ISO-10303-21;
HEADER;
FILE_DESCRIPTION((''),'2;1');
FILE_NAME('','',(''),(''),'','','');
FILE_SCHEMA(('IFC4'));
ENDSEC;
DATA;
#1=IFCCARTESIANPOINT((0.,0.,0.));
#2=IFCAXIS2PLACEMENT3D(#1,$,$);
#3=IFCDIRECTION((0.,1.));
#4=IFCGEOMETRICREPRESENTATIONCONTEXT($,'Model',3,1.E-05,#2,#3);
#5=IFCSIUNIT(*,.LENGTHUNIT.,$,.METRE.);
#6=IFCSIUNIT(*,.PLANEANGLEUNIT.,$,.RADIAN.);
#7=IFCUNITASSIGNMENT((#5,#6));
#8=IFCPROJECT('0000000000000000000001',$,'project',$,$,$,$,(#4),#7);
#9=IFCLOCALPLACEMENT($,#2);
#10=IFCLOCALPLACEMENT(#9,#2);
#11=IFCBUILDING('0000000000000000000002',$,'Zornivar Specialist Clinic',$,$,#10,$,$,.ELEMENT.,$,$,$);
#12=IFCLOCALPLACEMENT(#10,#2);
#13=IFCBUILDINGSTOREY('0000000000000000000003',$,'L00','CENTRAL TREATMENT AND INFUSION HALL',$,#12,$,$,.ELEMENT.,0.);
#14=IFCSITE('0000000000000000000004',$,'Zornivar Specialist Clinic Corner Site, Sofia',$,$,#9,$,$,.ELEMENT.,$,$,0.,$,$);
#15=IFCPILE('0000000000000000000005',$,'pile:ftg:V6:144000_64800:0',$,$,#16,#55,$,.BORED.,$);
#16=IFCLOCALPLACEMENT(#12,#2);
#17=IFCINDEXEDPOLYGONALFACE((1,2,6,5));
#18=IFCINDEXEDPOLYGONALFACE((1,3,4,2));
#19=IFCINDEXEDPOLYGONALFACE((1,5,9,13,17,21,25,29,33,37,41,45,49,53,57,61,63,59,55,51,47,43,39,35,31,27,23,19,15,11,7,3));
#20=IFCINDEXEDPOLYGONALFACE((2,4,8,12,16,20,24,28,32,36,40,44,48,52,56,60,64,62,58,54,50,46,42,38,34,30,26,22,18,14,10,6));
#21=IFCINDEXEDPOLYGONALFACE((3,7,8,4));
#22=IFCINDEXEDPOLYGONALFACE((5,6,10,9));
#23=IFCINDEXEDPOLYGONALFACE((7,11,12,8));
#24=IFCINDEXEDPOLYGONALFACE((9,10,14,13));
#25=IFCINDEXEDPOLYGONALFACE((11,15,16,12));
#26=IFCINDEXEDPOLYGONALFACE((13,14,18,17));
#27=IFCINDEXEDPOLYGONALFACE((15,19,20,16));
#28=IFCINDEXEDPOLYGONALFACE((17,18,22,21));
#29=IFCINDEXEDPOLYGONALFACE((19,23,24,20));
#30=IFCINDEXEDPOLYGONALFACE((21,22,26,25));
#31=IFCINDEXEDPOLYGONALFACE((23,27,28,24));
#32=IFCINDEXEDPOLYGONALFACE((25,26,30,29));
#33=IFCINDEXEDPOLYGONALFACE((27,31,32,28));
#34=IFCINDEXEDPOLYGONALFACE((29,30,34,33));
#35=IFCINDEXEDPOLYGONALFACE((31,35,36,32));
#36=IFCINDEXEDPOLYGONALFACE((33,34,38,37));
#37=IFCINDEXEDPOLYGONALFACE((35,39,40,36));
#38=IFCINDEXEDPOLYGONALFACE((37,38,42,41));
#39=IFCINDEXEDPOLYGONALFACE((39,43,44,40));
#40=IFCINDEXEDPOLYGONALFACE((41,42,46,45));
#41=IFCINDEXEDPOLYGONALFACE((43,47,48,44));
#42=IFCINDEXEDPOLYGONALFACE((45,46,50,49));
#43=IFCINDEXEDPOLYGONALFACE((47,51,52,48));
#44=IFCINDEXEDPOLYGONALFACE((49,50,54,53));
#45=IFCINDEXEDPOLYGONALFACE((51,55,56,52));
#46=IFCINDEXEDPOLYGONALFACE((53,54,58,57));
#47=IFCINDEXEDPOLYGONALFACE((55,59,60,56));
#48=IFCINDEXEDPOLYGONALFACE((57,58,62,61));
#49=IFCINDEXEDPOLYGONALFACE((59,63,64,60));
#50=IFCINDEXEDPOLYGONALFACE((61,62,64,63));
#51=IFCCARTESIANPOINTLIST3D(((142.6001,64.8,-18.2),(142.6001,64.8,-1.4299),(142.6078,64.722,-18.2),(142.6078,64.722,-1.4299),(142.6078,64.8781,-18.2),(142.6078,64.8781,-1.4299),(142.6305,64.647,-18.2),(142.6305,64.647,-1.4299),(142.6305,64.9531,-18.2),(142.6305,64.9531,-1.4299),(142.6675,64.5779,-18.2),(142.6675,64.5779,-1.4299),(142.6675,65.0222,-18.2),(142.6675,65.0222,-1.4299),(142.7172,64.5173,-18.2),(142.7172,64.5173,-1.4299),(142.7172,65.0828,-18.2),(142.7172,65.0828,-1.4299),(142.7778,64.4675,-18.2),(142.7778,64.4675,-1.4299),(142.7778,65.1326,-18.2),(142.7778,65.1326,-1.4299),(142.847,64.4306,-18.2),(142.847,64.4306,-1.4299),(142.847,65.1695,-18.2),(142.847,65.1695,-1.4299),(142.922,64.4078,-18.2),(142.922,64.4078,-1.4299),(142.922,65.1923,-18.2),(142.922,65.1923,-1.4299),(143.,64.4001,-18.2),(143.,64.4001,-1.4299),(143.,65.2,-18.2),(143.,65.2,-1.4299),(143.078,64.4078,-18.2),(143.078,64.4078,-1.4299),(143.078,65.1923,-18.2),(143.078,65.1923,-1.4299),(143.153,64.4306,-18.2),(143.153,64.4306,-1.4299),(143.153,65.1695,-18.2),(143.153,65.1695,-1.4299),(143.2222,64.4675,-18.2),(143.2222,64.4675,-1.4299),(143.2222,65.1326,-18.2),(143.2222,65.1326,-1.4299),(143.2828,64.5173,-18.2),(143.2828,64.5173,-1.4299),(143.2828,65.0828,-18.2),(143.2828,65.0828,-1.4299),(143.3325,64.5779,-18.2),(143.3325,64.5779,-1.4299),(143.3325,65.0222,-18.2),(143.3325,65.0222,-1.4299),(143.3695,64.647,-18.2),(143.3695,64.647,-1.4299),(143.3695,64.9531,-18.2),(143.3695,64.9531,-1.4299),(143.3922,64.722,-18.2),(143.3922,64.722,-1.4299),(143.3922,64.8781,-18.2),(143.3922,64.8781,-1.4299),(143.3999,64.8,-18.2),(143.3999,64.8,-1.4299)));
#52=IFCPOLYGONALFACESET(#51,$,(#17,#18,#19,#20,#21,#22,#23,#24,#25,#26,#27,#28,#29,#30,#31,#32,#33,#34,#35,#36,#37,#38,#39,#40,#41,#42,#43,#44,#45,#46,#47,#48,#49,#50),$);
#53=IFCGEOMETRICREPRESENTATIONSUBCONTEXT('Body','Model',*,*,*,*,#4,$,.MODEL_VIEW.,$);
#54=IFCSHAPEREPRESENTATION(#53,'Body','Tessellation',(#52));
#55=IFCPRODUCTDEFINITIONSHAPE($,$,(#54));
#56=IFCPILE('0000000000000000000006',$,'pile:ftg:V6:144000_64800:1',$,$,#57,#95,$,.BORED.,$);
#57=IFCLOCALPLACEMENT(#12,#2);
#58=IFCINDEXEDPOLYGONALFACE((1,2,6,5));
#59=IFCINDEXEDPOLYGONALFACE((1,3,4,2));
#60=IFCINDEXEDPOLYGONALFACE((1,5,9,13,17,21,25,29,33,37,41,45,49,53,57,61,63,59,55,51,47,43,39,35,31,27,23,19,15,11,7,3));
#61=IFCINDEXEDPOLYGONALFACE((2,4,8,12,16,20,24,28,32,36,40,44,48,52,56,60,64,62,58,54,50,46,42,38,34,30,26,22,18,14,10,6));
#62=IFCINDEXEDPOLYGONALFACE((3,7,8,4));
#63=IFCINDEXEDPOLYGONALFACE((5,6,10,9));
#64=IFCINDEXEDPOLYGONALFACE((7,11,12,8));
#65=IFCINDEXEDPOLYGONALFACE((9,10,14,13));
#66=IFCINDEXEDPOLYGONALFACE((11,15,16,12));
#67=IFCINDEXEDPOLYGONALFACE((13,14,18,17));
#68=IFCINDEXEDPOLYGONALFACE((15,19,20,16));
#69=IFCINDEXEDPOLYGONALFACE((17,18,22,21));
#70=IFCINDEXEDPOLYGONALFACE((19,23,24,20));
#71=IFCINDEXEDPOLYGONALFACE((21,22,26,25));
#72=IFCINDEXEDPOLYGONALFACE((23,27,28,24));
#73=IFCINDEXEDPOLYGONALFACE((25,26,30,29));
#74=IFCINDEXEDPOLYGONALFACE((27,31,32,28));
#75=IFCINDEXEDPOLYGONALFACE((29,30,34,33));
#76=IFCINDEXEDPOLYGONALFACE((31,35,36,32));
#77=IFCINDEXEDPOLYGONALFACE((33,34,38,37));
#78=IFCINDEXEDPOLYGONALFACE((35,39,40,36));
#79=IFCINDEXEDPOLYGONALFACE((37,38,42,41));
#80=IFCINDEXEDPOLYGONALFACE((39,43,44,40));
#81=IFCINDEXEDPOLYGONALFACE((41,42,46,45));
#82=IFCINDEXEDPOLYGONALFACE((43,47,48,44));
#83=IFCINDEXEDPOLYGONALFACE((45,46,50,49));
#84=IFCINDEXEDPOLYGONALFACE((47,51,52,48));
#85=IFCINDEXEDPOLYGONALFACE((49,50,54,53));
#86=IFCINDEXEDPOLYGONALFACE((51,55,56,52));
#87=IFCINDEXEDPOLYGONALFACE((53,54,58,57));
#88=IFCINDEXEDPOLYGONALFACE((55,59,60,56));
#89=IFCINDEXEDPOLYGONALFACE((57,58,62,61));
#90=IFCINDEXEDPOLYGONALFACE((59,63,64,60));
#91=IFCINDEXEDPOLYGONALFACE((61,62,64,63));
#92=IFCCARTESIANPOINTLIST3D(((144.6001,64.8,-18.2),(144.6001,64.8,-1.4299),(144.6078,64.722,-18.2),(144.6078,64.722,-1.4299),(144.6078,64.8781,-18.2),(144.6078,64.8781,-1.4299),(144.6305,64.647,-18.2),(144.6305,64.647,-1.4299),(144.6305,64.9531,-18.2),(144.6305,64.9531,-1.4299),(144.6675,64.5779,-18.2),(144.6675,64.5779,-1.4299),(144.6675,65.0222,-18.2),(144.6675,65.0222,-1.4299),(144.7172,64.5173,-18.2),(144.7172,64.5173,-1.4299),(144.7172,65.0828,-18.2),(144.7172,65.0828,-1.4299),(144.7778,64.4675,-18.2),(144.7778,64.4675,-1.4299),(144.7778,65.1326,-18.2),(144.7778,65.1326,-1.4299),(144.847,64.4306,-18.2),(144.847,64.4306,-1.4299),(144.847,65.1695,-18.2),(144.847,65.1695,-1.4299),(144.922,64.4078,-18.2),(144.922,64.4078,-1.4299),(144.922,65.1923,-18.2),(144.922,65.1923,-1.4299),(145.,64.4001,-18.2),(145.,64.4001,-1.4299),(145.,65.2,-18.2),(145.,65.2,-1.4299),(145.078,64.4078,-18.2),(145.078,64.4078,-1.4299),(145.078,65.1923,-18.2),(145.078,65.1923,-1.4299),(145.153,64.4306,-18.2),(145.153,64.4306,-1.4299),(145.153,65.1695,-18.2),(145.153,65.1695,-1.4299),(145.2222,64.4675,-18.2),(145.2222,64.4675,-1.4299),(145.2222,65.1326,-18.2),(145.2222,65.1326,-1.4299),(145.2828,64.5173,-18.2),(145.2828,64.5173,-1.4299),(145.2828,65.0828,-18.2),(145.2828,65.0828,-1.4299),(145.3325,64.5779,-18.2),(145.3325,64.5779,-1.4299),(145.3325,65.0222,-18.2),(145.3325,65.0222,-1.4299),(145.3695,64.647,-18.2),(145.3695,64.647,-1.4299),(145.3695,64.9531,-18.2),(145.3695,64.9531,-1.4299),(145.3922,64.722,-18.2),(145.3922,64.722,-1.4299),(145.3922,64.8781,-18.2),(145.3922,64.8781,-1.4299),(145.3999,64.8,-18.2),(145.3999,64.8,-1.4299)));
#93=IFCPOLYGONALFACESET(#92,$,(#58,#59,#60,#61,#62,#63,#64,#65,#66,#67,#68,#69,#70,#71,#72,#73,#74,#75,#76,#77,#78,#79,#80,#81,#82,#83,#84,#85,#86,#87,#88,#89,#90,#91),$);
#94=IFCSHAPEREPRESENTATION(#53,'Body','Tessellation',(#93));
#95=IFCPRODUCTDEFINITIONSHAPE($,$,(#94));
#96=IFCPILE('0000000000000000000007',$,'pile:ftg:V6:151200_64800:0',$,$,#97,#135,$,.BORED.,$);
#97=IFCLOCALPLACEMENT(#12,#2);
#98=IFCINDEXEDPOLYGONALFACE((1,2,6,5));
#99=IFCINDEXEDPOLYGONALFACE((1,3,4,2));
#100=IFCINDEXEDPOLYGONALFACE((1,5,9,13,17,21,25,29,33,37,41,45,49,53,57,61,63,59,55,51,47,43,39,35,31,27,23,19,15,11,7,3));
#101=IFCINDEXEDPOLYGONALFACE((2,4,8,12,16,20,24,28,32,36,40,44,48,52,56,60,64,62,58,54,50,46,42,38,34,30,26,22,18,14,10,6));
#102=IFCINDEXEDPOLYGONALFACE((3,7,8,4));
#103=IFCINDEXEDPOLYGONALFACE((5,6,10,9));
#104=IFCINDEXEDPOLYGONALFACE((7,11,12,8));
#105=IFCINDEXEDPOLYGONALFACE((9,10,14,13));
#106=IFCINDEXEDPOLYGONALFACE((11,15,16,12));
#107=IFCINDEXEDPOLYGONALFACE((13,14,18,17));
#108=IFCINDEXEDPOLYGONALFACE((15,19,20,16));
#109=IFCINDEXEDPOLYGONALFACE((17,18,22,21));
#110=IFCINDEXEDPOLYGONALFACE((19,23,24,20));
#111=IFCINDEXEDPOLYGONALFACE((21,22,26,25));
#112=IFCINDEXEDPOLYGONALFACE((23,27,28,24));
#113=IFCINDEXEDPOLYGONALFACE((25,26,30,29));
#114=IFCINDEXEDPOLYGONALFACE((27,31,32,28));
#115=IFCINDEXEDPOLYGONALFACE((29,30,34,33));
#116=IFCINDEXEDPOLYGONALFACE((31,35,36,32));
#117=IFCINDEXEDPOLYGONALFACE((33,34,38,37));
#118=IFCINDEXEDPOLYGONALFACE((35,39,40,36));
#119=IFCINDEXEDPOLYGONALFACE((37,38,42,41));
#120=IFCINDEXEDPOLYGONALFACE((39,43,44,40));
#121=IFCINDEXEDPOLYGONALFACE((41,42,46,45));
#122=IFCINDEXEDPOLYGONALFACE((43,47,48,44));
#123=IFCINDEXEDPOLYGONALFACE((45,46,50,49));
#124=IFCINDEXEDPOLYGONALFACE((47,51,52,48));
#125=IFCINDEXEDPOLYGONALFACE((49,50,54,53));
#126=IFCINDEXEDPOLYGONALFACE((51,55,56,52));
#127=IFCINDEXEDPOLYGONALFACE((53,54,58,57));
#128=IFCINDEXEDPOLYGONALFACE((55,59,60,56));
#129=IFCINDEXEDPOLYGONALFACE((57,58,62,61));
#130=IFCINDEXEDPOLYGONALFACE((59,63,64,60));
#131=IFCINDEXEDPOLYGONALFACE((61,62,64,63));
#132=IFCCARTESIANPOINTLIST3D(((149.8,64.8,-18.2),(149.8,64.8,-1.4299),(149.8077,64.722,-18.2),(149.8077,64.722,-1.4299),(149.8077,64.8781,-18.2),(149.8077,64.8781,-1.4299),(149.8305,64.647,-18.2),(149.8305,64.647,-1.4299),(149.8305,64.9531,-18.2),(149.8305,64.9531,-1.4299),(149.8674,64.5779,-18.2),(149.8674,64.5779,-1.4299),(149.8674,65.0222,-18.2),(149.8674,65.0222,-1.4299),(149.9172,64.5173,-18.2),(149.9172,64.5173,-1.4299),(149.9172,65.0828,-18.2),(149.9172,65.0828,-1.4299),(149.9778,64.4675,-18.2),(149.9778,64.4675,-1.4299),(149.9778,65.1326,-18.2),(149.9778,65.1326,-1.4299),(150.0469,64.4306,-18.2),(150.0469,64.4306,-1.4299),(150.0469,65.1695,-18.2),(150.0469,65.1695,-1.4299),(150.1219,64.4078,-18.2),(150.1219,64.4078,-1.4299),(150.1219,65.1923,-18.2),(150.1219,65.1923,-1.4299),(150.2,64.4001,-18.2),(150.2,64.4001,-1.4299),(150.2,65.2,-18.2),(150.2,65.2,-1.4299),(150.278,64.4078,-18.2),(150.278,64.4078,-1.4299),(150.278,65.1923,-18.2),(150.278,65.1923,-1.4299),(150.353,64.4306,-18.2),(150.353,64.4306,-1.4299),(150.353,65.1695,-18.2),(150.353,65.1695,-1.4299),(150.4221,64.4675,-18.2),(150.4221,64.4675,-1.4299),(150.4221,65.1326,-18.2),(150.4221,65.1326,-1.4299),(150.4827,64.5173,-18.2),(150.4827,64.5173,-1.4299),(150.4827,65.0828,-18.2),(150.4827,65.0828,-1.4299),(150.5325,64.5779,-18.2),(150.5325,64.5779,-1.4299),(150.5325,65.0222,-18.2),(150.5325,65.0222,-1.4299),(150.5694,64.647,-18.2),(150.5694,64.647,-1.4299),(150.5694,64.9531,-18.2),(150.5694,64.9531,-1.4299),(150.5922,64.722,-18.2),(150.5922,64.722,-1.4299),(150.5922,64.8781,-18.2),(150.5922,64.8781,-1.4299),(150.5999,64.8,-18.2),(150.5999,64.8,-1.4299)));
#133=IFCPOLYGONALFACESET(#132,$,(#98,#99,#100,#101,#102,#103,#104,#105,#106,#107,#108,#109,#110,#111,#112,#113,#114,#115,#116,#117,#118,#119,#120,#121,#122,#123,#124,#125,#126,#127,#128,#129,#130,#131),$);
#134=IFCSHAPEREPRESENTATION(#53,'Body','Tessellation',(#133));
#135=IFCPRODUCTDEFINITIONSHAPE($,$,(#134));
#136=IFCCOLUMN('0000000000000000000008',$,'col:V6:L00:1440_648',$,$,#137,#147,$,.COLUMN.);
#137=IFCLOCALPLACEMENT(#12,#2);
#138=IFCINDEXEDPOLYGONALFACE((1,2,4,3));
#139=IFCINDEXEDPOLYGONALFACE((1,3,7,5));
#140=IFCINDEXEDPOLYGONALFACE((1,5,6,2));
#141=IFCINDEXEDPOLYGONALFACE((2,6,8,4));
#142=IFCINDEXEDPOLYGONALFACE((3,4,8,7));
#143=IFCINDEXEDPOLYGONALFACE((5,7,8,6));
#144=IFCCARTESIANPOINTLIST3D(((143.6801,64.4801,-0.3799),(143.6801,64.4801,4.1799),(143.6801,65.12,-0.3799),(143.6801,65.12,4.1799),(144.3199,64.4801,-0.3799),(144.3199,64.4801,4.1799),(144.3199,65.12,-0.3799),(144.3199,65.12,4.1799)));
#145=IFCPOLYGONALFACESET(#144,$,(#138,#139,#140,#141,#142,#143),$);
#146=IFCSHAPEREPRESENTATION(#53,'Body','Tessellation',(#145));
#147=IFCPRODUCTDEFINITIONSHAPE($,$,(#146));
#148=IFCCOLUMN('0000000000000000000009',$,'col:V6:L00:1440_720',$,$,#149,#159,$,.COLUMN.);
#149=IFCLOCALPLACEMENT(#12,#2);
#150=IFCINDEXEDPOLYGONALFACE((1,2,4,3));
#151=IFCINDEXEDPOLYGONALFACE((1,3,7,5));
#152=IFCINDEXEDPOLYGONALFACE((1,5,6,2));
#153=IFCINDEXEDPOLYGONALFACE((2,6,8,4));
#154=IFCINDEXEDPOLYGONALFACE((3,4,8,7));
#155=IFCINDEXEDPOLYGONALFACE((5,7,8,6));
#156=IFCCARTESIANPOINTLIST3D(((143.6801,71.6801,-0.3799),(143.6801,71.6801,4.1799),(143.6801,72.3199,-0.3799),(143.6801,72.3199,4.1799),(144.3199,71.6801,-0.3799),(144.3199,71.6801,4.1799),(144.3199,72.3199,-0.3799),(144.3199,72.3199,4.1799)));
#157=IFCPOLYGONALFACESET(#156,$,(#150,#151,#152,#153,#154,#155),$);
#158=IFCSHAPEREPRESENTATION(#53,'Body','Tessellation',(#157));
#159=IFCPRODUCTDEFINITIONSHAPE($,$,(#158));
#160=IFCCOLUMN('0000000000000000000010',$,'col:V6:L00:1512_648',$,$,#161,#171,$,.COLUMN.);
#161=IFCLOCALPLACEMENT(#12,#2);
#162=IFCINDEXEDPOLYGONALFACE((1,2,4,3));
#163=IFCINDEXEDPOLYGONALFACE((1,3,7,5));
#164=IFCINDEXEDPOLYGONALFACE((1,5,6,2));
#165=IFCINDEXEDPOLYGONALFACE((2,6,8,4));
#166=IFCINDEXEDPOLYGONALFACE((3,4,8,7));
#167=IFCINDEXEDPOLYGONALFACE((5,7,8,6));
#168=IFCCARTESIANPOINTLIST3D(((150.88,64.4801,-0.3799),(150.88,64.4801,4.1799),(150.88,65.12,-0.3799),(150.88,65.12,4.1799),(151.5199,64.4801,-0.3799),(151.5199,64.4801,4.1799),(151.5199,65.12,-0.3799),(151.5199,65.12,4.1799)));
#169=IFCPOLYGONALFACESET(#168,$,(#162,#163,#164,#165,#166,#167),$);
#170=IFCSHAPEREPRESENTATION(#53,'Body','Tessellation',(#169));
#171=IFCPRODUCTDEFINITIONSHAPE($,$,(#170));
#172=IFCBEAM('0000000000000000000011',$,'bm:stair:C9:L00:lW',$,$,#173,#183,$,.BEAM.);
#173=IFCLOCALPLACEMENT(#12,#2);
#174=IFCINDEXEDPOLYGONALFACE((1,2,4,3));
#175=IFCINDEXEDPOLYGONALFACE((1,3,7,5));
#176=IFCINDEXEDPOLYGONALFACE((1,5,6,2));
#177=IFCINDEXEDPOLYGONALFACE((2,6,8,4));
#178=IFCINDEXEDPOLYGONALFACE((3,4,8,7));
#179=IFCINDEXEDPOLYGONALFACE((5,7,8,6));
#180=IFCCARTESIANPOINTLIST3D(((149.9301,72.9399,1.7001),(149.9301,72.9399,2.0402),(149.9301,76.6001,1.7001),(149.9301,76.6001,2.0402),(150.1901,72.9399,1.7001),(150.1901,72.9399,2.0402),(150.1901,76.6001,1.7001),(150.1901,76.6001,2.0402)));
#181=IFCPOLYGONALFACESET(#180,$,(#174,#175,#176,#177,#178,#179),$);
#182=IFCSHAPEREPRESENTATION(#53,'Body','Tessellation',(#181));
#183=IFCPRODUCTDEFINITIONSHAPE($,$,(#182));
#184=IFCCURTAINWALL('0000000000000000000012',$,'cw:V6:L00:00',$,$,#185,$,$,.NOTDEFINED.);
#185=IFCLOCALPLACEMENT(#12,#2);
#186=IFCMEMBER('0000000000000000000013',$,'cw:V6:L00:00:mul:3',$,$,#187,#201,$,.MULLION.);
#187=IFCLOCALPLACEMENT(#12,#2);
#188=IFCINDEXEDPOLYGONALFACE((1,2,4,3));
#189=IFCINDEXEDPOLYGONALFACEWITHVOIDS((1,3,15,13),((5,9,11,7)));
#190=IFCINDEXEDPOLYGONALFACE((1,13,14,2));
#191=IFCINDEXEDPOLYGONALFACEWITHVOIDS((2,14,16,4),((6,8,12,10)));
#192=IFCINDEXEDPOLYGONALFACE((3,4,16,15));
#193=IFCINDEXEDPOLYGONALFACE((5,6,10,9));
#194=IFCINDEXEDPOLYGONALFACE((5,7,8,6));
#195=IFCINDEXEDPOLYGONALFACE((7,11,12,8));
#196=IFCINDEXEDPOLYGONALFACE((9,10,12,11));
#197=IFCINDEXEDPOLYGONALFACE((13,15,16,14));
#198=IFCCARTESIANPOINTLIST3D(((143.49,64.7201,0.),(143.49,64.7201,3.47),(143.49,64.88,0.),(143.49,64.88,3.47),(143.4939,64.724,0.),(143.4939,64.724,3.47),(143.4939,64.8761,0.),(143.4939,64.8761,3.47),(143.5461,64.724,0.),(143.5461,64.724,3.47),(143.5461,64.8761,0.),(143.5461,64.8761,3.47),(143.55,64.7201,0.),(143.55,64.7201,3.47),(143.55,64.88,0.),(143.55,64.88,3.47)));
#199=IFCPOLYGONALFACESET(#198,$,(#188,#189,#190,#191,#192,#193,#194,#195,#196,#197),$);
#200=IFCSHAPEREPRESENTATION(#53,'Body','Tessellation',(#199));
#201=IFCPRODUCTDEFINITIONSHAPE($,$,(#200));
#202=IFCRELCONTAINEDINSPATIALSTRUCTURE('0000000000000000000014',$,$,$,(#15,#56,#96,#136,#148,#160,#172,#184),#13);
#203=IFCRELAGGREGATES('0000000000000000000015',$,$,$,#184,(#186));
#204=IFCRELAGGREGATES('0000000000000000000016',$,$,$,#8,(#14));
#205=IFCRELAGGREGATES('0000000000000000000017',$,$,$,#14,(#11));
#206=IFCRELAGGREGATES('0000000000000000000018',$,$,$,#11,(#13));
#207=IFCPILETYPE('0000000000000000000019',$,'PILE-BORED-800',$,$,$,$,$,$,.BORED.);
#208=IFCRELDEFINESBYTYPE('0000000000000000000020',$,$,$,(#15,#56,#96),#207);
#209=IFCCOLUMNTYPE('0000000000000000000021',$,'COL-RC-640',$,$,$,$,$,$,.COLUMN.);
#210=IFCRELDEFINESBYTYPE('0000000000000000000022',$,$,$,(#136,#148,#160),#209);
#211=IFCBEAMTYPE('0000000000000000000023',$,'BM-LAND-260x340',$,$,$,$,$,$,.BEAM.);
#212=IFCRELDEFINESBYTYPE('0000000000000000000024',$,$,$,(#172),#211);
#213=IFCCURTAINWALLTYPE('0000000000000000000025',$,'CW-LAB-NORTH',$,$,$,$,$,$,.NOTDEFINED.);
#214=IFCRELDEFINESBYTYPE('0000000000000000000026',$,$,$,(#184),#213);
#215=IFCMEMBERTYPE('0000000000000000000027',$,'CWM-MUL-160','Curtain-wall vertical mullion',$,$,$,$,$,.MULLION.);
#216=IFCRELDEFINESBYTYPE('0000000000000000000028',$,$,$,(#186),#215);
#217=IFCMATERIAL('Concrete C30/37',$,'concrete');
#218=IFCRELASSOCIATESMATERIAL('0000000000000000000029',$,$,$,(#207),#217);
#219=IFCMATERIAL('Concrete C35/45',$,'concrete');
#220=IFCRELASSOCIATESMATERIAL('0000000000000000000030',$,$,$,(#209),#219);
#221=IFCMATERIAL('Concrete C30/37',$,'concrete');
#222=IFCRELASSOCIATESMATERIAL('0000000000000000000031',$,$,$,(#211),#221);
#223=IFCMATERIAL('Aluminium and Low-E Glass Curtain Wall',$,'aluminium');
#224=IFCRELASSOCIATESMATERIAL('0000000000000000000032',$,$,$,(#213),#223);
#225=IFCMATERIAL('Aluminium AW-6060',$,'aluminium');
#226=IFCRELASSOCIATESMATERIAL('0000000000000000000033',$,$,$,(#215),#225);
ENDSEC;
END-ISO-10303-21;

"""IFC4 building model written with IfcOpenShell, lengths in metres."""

from ifc_helpers import new_model, si_unit, direction, frame, origin, origin_2d, place, context, subcontext, project, spatial, rectangle, hollow_rectangle, circle, extrude, material, material_profile, profile_set, type_object, element, aggregate, save


model = new_model("IFC4")

# Units and contexts
model_context = context("Model", 3, precision=1e-05, world=origin(), true_north=direction((0.0, 1.0)))
body_context = subcontext(model_context, "Body", "Model", "MODEL_VIEW")
ifc_project = project(units=[si_unit("LENGTHUNIT", "METRE"), si_unit("PLANEANGLEUNIT", "RADIAN")], contexts=[model_context])

# Site, building, storey
site_placement = place(None, origin())
site = spatial("IfcSite", under=ifc_project, at=site_placement, Name="Zornivar Specialist Clinic Corner Site, Sofia", CompositionType="ELEMENT", RefElevation=0.0)
building_placement = place(site_placement, origin())
building = spatial("IfcBuilding", under=site, at=building_placement, Name="Zornivar Specialist Clinic", CompositionType="ELEMENT")
storey_placement = place(building_placement, origin())
storey = spatial("IfcBuildingStorey", under=building, at=storey_placement, Name="L00", Description="CENTRAL TREATMENT AND INFUSION HALL", CompositionType="ELEMENT", Elevation=0.0)

# Piles
ifc_material_1 = material(Name="Concrete C30/37", Category="concrete")
ifc_material_profile_1 = material_profile(ifc_material_1, circle(Radius=0.3999, at=origin_2d()), Name="PILE D800")
ifc_profile_set_1 = profile_set([ifc_material_profile_1], Name="Concrete C30/37")
pile_type_1 = type_object("IfcPileType", Name="PILE-BORED-800", PredefinedType="BORED", material=ifc_profile_set_1)
for number, where, z_axis, x_axis, name in (
    (1, (143.0, 64.8, -1.4299), (0.0, 0.0, -1.0), (1.0, 0.0, 0.0), "pile:ftg:V6:144000_64800:0"),
    (2, (145.0, 64.8, -1.4299), (0.0, 0.0, -1.0), (1.0, 0.0, 0.0), "pile:ftg:V6:144000_64800:1"),
    (3, (150.2, 64.8, -1.4299), (0.0, 0.0, -1.0), (1.0, 0.0, 0.0), "pile:ftg:V6:151200_64800:0"),
):
    element("IfcPile", number, at=place(storey_placement, frame(where, z_axis=z_axis, x_axis=x_axis)), inside=storey, type_object=pile_type_1, Name=name, PredefinedType="BORED", context=body_context, shape_type="SweptSolid", body=[
        extrude(circle(Radius=0.3999, at=origin_2d()), origin(), (0.0, 0.0, 1.0), 16.77),
    ])

# Columns
ifc_material_2 = material(Name="Concrete C35/45", Category="concrete")
ifc_material_profile_2 = material_profile(ifc_material_2, rectangle(XDim=0.6399, YDim=0.6399, at=origin_2d()), Name="RC 640x640")
ifc_profile_set_2 = profile_set([ifc_material_profile_2], Name="Concrete C35/45")
column_type = type_object("IfcColumnType", Name="COL-RC-640", PredefinedType="COLUMN", material=ifc_profile_set_2)
for number, where, z_axis, x_axis, name in (
    (4, (144.0, 64.8, -0.3799), (0.0, 0.0, 1.0), (1.0, 0.0, 0.0), "col:V6:L00:1440_648"),
    (5, (144.0, 72.0, -0.3799), (0.0, 0.0, 1.0), (1.0, 0.0, 0.0), "col:V6:L00:1440_720"),
    (6, (151.2, 64.8, -0.3799), (0.0, 0.0, 1.0), (1.0, 0.0, 0.0), "col:V6:L00:1512_648"),
):
    element("IfcColumn", number, at=place(storey_placement, frame(where, z_axis=z_axis, x_axis=x_axis)), inside=storey, type_object=column_type, Name=name, PredefinedType="COLUMN", context=body_context, shape_type="SweptSolid", body=[
        extrude(rectangle(XDim=0.6399, YDim=0.6399, at=origin_2d()), origin(), (0.0, 0.0, 1.0), 4.5598),
    ])

# Beam
ifc_material_3 = material(Name="Concrete C30/37", Category="concrete")
ifc_material_profile_3 = material_profile(ifc_material_3, rectangle(XDim=0.26, YDim=0.3401, at=origin_2d()), Name="RC 260x340")
ifc_profile_set_3 = profile_set([ifc_material_profile_3], Name="Concrete C30/37")
beam_type = type_object("IfcBeamType", Name="BM-LAND-260x340", PredefinedType="BEAM", material=ifc_profile_set_3)
beam_placement = place(storey_placement, frame((150.0601, 72.9399, 1.8701), z_axis=(0.0, 1.0, 0.0), x_axis=(-1.0, 0.0, 0.0)))
element("IfcBeam", 7, at=beam_placement, inside=storey, type_object=beam_type, Name="bm:stair:C9:L00:lW", PredefinedType="BEAM", context=body_context, shape_type="SweptSolid", body=[
    extrude(rectangle(XDim=0.26, YDim=0.3401, at=origin_2d()), origin(), (0.0, 0.0, 1.0), 3.6602),
])

# Curtain wall, member
ifc_material_4 = material(Name="Aluminium and Low-E Glass Curtain Wall", Category="aluminium")
curtain_wall_type = type_object("IfcCurtainWallType", Name="CW-LAB-NORTH", PredefinedType="NOTDEFINED", material=ifc_material_4)
curtain_wall_placement = place(storey_placement, origin())
curtain_wall = element("IfcCurtainWall", 8, at=curtain_wall_placement, inside=storey, type_object=curtain_wall_type, Name="cw:V6:L00:00", PredefinedType="NOTDEFINED")
ifc_material_5 = material(Name="Aluminium AW-6060", Category="aluminium")
ifc_material_profile_4 = material_profile(ifc_material_5, hollow_rectangle(XDim=0.0601, YDim=0.1599, WallThickness=0.0039, at=origin_2d()), Name="ALU 60x160x4")
ifc_profile_set_4 = profile_set([ifc_material_profile_4], Name="Aluminium AW-6060")
member_type = type_object("IfcMemberType", Name="CWM-MUL-160", Description="Curtain-wall vertical mullion", PredefinedType="MULLION", material=ifc_profile_set_4)
member_placement = place(storey_placement, frame((143.52, 64.8, 0.0), z_axis=(0.0, 0.0, 1.0), x_axis=(1.0, 0.0, 0.0)))
member = element("IfcMember", 9, at=member_placement, type_object=member_type, Name="cw:V6:L00:00:mul:3", PredefinedType="MULLION", context=body_context, shape_type="SweptSolid", body=[
    extrude(hollow_rectangle(XDim=0.0601, YDim=0.1599, WallThickness=0.0039, at=origin_2d()), origin(), (0.0, 0.0, 1.0), 3.47),
])
aggregate(curtain_wall, [member])

save(model, "model.ifc")
